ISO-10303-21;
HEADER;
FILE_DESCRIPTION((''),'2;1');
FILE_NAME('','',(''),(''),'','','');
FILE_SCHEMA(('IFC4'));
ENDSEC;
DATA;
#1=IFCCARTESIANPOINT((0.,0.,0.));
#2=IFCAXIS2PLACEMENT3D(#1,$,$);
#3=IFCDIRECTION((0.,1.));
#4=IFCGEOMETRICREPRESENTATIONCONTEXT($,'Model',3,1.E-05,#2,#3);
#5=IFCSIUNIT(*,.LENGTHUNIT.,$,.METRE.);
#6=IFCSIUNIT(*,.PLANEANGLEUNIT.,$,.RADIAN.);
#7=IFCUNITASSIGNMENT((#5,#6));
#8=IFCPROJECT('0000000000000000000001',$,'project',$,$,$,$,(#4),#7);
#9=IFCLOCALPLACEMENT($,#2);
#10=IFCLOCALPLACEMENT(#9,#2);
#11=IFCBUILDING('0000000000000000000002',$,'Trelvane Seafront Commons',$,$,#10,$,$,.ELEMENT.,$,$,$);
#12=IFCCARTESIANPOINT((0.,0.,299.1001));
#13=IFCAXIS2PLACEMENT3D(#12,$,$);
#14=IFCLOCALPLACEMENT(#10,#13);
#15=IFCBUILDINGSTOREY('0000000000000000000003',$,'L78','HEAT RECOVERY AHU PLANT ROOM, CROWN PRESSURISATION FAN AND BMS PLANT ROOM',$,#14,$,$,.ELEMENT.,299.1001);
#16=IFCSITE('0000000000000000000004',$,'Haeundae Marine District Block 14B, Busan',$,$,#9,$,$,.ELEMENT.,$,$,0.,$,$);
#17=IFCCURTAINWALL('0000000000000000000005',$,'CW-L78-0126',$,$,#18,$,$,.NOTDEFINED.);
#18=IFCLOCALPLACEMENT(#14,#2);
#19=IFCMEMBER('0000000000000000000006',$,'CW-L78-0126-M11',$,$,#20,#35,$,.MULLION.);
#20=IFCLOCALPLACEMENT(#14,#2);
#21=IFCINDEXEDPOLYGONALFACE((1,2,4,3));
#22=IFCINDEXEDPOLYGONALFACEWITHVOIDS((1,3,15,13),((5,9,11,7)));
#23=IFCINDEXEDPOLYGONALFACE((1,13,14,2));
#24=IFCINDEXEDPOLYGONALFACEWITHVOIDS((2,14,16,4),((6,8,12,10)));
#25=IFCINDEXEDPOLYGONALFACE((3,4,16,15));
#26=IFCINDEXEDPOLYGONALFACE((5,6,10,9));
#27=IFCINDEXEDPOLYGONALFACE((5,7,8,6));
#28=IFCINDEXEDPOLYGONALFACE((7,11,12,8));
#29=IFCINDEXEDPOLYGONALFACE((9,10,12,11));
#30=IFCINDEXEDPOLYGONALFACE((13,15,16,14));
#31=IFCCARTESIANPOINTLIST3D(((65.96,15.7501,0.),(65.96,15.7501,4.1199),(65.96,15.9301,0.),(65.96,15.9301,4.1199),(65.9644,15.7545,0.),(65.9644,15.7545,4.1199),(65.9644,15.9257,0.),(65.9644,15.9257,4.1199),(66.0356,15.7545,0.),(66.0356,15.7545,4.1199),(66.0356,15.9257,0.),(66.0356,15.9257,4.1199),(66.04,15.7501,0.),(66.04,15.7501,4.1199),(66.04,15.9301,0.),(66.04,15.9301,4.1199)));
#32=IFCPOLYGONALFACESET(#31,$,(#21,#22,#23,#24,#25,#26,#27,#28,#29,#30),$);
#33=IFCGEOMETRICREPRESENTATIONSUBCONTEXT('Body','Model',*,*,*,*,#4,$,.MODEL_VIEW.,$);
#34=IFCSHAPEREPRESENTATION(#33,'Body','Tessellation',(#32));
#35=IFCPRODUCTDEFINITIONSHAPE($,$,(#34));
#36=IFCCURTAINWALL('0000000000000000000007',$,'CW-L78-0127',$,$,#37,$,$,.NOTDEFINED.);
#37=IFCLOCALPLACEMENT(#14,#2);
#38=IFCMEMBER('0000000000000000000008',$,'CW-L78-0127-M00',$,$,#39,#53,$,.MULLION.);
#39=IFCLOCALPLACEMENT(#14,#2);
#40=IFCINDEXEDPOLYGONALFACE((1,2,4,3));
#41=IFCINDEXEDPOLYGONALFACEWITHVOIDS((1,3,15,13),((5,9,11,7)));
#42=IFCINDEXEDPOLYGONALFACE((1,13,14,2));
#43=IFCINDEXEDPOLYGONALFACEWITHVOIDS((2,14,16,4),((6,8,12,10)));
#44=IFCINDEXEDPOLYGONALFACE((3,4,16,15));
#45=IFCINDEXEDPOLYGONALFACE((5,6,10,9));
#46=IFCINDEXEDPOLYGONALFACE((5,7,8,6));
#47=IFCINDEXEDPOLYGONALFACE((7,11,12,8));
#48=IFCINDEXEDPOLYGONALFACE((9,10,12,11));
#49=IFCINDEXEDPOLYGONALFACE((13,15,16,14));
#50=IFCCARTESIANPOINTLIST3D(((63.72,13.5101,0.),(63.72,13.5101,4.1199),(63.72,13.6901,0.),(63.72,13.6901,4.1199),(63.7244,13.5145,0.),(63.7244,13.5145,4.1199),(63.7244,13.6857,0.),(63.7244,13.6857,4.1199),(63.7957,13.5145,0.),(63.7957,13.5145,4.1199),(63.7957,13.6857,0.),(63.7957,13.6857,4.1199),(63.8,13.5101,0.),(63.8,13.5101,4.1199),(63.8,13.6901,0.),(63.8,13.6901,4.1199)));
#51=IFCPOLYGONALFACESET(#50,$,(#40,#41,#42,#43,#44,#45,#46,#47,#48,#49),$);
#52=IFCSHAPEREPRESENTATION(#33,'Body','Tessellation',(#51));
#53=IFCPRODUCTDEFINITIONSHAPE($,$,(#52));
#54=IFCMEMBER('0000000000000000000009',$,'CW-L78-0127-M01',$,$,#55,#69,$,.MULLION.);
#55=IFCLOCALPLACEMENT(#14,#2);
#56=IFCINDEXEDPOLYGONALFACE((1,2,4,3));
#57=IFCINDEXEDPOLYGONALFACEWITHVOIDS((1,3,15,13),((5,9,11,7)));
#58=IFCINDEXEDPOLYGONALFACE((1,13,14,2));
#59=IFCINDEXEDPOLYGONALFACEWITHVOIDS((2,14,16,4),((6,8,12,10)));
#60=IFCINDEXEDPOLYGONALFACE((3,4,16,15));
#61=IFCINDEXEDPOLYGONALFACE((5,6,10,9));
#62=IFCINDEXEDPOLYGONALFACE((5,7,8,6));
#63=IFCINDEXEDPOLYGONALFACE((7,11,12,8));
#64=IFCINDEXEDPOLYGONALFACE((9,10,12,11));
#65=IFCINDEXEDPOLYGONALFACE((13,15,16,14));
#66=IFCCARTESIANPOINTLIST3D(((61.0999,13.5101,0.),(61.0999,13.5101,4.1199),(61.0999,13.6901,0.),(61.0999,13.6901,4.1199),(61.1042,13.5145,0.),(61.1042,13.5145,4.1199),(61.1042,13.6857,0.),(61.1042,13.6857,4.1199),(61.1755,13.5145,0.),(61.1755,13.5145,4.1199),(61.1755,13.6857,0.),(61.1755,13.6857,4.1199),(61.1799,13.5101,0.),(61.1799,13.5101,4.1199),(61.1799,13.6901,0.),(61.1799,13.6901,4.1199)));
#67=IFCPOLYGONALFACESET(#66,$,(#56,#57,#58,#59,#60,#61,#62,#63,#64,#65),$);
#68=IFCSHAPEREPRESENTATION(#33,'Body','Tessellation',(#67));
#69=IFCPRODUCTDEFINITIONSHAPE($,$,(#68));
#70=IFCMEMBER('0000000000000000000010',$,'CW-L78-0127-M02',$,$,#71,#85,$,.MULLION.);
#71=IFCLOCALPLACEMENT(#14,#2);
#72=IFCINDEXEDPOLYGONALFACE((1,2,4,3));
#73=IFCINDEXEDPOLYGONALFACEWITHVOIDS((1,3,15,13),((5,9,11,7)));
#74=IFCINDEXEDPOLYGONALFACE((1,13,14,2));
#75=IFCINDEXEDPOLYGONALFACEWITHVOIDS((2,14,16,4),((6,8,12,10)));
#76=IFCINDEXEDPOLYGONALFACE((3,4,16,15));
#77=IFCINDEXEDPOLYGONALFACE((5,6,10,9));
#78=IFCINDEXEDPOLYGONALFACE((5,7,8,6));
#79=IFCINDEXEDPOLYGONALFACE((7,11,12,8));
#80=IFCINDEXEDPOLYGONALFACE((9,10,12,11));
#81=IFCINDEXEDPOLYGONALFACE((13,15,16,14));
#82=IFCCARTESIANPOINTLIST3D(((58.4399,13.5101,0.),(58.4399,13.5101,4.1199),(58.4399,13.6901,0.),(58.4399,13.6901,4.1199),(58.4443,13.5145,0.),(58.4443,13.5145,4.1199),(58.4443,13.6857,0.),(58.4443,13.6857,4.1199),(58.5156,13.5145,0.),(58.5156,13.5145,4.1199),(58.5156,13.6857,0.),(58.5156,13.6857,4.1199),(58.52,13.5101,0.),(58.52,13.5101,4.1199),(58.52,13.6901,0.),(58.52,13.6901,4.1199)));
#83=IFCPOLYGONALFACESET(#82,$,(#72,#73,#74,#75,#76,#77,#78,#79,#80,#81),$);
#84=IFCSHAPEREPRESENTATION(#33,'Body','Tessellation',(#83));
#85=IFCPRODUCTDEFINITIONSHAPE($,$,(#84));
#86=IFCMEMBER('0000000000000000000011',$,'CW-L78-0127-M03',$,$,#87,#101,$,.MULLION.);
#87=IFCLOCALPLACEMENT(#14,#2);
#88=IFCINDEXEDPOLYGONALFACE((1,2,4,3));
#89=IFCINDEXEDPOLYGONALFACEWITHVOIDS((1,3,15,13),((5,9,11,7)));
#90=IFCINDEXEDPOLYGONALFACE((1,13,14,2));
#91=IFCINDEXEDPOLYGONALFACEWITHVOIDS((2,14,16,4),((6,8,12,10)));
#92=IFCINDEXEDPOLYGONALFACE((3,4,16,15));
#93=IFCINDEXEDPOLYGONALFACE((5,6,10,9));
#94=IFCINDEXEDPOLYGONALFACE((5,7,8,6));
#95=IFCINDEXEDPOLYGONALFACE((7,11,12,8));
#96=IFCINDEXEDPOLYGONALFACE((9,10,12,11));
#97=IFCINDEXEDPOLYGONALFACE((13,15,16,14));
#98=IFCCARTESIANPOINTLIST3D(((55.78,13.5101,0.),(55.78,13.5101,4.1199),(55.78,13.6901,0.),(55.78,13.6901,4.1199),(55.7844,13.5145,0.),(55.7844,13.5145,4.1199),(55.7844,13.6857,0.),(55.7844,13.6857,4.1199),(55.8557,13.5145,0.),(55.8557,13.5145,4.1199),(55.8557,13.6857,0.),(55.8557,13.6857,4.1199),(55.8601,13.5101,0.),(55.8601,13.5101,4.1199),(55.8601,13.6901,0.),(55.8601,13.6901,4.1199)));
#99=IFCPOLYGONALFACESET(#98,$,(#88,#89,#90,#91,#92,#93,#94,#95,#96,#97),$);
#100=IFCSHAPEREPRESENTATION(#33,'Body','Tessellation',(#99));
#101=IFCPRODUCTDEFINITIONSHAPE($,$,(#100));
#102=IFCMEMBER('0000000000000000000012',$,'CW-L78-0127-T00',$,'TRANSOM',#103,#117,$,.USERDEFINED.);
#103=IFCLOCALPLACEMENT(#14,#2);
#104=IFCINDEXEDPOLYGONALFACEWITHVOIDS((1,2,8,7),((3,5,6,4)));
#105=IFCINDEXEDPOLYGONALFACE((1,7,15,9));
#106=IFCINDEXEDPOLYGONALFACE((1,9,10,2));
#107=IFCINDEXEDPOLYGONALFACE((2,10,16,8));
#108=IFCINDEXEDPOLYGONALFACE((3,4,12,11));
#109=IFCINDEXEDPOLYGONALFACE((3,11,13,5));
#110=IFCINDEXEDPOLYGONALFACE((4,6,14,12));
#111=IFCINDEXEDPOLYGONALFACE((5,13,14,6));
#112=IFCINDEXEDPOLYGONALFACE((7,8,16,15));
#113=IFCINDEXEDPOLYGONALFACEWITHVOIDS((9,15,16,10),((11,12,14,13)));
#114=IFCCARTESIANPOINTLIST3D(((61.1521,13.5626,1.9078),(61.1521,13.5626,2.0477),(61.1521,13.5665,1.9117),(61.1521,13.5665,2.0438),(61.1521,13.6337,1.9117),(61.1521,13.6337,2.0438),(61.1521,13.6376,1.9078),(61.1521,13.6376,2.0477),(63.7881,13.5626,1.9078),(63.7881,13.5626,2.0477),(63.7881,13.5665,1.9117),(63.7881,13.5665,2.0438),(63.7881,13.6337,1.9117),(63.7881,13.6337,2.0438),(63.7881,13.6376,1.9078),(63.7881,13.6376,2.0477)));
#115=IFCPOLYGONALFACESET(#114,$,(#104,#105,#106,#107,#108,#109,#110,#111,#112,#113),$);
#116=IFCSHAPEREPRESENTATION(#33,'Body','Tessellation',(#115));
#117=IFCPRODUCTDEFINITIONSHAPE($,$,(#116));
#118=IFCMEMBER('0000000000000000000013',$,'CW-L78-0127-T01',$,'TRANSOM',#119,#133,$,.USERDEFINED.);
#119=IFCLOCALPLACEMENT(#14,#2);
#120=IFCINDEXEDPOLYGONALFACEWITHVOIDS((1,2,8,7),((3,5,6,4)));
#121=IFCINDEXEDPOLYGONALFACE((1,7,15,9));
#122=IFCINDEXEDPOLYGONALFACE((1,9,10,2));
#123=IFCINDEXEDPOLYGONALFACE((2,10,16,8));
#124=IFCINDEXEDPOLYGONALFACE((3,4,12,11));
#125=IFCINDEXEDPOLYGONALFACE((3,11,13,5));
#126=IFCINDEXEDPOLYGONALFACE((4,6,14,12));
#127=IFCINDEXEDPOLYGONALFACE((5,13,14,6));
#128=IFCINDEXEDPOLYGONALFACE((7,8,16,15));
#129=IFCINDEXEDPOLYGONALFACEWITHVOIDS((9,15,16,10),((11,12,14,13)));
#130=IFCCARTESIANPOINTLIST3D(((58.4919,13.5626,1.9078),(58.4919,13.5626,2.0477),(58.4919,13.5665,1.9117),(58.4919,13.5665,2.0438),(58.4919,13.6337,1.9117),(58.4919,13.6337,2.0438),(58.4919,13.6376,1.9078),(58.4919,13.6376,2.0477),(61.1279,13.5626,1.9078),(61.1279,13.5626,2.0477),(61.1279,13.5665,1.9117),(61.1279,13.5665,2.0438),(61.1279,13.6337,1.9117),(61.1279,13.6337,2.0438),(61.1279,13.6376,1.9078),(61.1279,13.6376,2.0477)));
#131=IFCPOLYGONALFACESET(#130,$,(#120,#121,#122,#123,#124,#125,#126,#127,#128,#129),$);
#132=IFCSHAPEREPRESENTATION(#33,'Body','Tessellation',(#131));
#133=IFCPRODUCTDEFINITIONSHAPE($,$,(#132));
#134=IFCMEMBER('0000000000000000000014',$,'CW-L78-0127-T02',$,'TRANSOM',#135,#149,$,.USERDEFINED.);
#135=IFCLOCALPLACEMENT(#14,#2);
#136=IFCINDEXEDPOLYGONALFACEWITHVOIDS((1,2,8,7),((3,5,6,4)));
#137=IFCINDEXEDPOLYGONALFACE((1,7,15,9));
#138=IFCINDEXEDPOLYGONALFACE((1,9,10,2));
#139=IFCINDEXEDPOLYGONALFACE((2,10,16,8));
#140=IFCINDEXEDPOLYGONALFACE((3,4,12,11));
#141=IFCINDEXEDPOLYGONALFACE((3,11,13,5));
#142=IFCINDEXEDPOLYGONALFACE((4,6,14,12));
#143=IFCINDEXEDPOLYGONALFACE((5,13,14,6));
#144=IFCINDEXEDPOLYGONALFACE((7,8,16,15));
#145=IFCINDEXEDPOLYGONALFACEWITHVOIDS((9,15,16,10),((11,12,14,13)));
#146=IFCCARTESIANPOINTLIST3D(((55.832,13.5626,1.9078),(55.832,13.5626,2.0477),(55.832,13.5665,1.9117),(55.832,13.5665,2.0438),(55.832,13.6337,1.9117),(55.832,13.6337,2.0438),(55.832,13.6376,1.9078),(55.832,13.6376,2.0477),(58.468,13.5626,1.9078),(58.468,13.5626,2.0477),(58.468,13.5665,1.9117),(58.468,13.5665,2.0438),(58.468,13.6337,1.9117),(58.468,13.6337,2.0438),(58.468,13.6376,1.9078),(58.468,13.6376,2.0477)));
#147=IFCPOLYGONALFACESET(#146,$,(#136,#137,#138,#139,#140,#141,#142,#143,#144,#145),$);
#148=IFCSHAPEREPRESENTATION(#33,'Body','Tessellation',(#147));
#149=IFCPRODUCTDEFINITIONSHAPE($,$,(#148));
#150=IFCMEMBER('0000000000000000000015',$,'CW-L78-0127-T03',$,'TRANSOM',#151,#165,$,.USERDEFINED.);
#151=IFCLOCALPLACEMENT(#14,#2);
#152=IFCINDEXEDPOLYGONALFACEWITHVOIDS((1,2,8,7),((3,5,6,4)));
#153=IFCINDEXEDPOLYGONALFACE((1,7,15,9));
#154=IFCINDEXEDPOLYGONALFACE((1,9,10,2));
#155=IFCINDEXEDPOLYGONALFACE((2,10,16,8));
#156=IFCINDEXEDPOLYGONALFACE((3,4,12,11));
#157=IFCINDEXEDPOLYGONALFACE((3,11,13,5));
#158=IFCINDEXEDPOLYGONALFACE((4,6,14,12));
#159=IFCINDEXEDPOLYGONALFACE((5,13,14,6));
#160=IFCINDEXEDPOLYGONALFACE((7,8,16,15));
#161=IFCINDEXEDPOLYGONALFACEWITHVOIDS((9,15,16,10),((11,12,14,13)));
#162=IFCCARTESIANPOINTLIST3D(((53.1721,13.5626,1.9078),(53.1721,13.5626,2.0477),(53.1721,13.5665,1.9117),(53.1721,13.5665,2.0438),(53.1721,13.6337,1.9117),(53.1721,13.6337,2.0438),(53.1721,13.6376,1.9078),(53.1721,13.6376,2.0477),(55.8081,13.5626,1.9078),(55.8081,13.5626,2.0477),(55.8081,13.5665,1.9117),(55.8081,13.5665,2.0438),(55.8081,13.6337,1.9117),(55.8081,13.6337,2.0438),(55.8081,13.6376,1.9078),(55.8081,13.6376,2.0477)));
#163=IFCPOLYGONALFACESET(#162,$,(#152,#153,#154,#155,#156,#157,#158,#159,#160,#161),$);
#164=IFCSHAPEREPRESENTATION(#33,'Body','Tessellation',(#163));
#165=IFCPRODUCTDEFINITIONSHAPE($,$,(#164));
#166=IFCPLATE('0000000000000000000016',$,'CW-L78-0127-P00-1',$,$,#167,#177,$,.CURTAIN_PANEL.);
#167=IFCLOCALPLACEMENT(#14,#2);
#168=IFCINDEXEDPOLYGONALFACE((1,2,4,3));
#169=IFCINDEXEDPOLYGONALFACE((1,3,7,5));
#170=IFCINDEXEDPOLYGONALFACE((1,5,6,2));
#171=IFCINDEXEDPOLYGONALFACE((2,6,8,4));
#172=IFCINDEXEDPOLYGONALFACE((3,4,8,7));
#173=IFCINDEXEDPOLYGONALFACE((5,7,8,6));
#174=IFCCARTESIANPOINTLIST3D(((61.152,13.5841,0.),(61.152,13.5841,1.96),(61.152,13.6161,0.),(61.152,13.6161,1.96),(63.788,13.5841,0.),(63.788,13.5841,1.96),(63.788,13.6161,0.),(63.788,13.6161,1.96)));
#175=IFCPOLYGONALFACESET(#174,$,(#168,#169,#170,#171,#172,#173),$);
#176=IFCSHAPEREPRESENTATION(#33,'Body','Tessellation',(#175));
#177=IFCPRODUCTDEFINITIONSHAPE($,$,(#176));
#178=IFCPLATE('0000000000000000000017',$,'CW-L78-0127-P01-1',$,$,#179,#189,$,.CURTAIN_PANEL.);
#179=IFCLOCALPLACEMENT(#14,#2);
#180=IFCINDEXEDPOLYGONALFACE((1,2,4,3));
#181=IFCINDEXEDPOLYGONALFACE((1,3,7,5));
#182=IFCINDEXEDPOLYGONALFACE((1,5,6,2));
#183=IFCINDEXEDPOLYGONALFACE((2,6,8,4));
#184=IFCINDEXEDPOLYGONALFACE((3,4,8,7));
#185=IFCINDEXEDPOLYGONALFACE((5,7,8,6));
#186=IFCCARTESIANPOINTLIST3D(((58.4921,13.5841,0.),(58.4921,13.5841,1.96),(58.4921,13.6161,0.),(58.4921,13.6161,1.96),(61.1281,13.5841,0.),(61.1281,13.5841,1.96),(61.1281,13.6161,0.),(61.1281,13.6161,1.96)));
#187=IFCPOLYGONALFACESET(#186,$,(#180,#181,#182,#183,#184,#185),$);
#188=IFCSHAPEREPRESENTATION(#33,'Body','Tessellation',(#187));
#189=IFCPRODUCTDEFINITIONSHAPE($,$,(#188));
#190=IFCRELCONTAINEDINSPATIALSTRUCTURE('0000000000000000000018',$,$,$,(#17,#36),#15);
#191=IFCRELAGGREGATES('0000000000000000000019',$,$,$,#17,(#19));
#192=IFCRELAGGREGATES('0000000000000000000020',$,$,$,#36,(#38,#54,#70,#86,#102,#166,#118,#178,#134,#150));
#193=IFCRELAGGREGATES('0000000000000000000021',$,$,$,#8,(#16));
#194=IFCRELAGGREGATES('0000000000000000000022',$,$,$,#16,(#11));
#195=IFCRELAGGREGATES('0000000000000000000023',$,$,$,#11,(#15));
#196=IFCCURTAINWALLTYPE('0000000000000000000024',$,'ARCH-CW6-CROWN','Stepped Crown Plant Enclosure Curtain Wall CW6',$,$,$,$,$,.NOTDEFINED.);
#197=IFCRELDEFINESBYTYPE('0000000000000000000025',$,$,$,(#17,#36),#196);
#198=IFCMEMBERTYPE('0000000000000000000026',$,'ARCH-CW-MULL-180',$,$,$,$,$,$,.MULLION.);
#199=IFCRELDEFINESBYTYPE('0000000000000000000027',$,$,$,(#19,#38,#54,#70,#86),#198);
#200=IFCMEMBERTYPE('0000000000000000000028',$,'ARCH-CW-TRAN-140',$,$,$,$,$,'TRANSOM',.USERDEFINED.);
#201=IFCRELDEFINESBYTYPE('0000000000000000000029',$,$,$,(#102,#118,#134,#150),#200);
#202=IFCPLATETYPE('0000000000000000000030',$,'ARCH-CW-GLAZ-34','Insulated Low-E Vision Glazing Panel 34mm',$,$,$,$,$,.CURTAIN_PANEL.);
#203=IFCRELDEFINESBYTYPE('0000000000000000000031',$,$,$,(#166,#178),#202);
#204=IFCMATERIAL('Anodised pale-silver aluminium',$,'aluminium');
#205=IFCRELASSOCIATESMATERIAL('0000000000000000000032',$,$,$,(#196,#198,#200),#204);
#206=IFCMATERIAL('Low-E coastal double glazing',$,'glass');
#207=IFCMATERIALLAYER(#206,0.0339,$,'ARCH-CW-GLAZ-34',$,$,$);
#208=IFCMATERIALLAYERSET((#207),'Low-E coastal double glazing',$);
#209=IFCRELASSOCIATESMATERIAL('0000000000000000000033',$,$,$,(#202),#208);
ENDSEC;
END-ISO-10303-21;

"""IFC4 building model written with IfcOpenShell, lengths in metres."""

from ifc_helpers import new_model, si_unit, direction, frame, origin, origin_2d, place, context, subcontext, project, spatial, rectangle, hollow_rectangle, extrude, source, transform, mapped, material, layer, layer_set, material_profile, profile_set, type_object, element, aggregate, save


model = new_model("IFC4")

# Units and contexts
model_context = context("Model", 3, precision=1e-05, world=origin(), true_north=direction((0.0, 1.0)))
body_context = subcontext(model_context, "Body", "Model", "MODEL_VIEW")
ifc_project = project(units=[si_unit("LENGTHUNIT", "METRE"), si_unit("PLANEANGLEUNIT", "RADIAN")], contexts=[model_context])

# Site, building, storey
site_placement = place(None, origin())
site = spatial("IfcSite", under=ifc_project, at=site_placement, Name="Haeundae Marine District Block 14B, Busan", CompositionType="ELEMENT", RefElevation=0.0)
building_placement = place(site_placement, origin())
building = spatial("IfcBuilding", under=site, at=building_placement, Name="Trelvane Seafront Commons", CompositionType="ELEMENT")
storey_placement = place(building_placement, frame((0.0, 0.0, 299.1001)))
storey = spatial("IfcBuildingStorey", under=building, at=storey_placement, Name="L78", Description="HEAT RECOVERY AHU PLANT ROOM, CROWN PRESSURISATION FAN AND BMS PLANT ROOM", CompositionType="ELEMENT", Elevation=299.1001)

# Curtain wall, member
ifc_material_1 = material(Name="Anodised pale-silver aluminium", Category="aluminium")
curtain_wall_type = type_object("IfcCurtainWallType", Name="ARCH-CW6-CROWN", Description="Stepped Crown Plant Enclosure Curtain Wall CW6", PredefinedType="NOTDEFINED", material=ifc_material_1)
curtain_wall_1_placement = place(storey_placement, origin())
curtain_wall_1 = element("IfcCurtainWall", 1, at=curtain_wall_1_placement, inside=storey, type_object=curtain_wall_type, Name="CW-L78-0126", PredefinedType="NOTDEFINED")
ifc_material_profile_1 = material_profile(ifc_material_1, hollow_rectangle(XDim=0.0801, YDim=0.1799, WallThickness=0.0044, at=origin_2d()), Name="MULL-80x180x4.5")
ifc_profile_set_1 = profile_set([ifc_material_profile_1], Name="Anodised pale-silver aluminium")
member_type_1 = type_object("IfcMemberType", Name="ARCH-CW-MULL-180", PredefinedType="MULLION", material=ifc_profile_set_1)
shared_shape_1 = source(origin(), body_context, "Body", "SweptSolid", [
    extrude(hollow_rectangle(XDim=0.0801, YDim=0.1799, WallThickness=0.0044, at=origin_2d()), origin(), (0.0, 0.0, 1.0), 4.1199),
])
member_1_placement = place(storey_placement, frame((66.0, 15.8401, 0.0), z_axis=(0.0, 0.0, 1.0), x_axis=(1.0, 0.0, 0.0)))
member_1 = element("IfcMember", 2, at=member_1_placement, type_object=member_type_1, Name="CW-L78-0126-M11", PredefinedType="MULLION", context=body_context, shape_type="MappedRepresentation", body=[
    mapped(shared_shape_1, transform((0.0, 0.0, 0.0), x_axis=(1.0, 0.0, 0.0), y_axis=(0.0, 1.0, 0.0), z_axis=(0.0, 0.0, 1.0), scale=1.0)),
])
aggregate(curtain_wall_1, [member_1])

# Curtain wall, members, plates
curtain_wall_2_placement = place(storey_placement, origin())
curtain_wall_2 = element("IfcCurtainWall", 3, at=curtain_wall_2_placement, inside=storey, type_object=curtain_wall_type, Name="CW-L78-0127", PredefinedType="NOTDEFINED")
member_2_placement = place(storey_placement, frame((63.76, 13.6001, 0.0), z_axis=(0.0, 0.0, 1.0), x_axis=(1.0, 0.0, 0.0)))
member_2 = element("IfcMember", 4, at=member_2_placement, type_object=member_type_1, Name="CW-L78-0127-M00", PredefinedType="MULLION", context=body_context, shape_type="MappedRepresentation", body=[
    mapped(shared_shape_1, transform((0.0, 0.0, 0.0), x_axis=(1.0, 0.0, 0.0), y_axis=(0.0, 1.0, 0.0), z_axis=(0.0, 0.0, 1.0), scale=1.0)),
])
member_3_placement = place(storey_placement, frame((61.1399, 13.6001, 0.0), z_axis=(0.0, 0.0, 1.0), x_axis=(1.0, 0.0, 0.0)))
member_3 = element("IfcMember", 5, at=member_3_placement, type_object=member_type_1, Name="CW-L78-0127-M01", PredefinedType="MULLION", context=body_context, shape_type="MappedRepresentation", body=[
    mapped(shared_shape_1, transform((0.0, 0.0, 0.0), x_axis=(1.0, 0.0, 0.0), y_axis=(0.0, 1.0, 0.0), z_axis=(0.0, 0.0, 1.0), scale=1.0)),
])
member_4_placement = place(storey_placement, frame((58.48, 13.6001, 0.0), z_axis=(0.0, 0.0, 1.0), x_axis=(1.0, 0.0, 0.0)))
member_4 = element("IfcMember", 6, at=member_4_placement, type_object=member_type_1, Name="CW-L78-0127-M02", PredefinedType="MULLION", context=body_context, shape_type="MappedRepresentation", body=[
    mapped(shared_shape_1, transform((0.0, 0.0, 0.0), x_axis=(1.0, 0.0, 0.0), y_axis=(0.0, 1.0, 0.0), z_axis=(0.0, 0.0, 1.0), scale=1.0)),
])
member_5_placement = place(storey_placement, frame((55.8201, 13.6001, 0.0), z_axis=(0.0, 0.0, 1.0), x_axis=(1.0, 0.0, 0.0)))
member_5 = element("IfcMember", 7, at=member_5_placement, type_object=member_type_1, Name="CW-L78-0127-M03", PredefinedType="MULLION", context=body_context, shape_type="MappedRepresentation", body=[
    mapped(shared_shape_1, transform((0.0, 0.0, 0.0), x_axis=(1.0, 0.0, 0.0), y_axis=(0.0, 1.0, 0.0), z_axis=(0.0, 0.0, 1.0), scale=1.0)),
])
ifc_material_profile_2 = material_profile(ifc_material_1, hollow_rectangle(XDim=0.075, YDim=0.1399, WallThickness=0.0039, at=origin_2d()), Name="TRAN-75x140x4")
ifc_profile_set_2 = profile_set([ifc_material_profile_2], Name="Anodised pale-silver aluminium")
member_type_2 = type_object("IfcMemberType", Name="ARCH-CW-TRAN-140", ElementType="TRANSOM", PredefinedType="USERDEFINED", material=ifc_profile_set_2)
shared_shape_2 = source(origin(), body_context, "Body", "SweptSolid", [
    extrude(hollow_rectangle(XDim=0.075, YDim=0.1399, WallThickness=0.0039, at=origin_2d()), origin(), (0.0, 0.0, 1.0), 2.636),
])
member_6_placement = place(storey_placement, frame((63.7881, 13.6001, 1.9778), z_axis=(-1.0, 0.0, 0.0), x_axis=(0.0, -1.0, 0.0)))
member_6 = element("IfcMember", 8, at=member_6_placement, type_object=member_type_2, Name="CW-L78-0127-T00", ObjectType="TRANSOM", PredefinedType="USERDEFINED", context=body_context, shape_type="MappedRepresentation", body=[
    mapped(shared_shape_2, transform((0.0, 0.0, 0.0), x_axis=(1.0, 0.0, 0.0), y_axis=(0.0, 1.0, 0.0), z_axis=(0.0, 0.0, 1.0), scale=1.0)),
])
member_7_placement = place(storey_placement, frame((61.1279, 13.6001, 1.9778), z_axis=(-1.0, 0.0, 0.0), x_axis=(0.0, -1.0, 0.0)))
member_7 = element("IfcMember", 9, at=member_7_placement, type_object=member_type_2, Name="CW-L78-0127-T01", ObjectType="TRANSOM", PredefinedType="USERDEFINED", context=body_context, shape_type="MappedRepresentation", body=[
    mapped(shared_shape_2, transform((0.0, 0.0, 0.0), x_axis=(1.0, 0.0, 0.0), y_axis=(0.0, 1.0, 0.0), z_axis=(0.0, 0.0, 1.0), scale=1.0)),
])
member_8_placement = place(storey_placement, frame((58.468, 13.6001, 1.9778), z_axis=(-1.0, 0.0, 0.0), x_axis=(0.0, -1.0, 0.0)))
member_8 = element("IfcMember", 10, at=member_8_placement, type_object=member_type_2, Name="CW-L78-0127-T02", ObjectType="TRANSOM", PredefinedType="USERDEFINED", context=body_context, shape_type="MappedRepresentation", body=[
    mapped(shared_shape_2, transform((0.0, 0.0, 0.0), x_axis=(1.0, 0.0, 0.0), y_axis=(0.0, 1.0, 0.0), z_axis=(0.0, 0.0, 1.0), scale=1.0)),
])
member_9_placement = place(storey_placement, frame((55.8081, 13.6001, 1.9778), z_axis=(-1.0, 0.0, 0.0), x_axis=(0.0, -1.0, 0.0)))
member_9 = element("IfcMember", 11, at=member_9_placement, type_object=member_type_2, Name="CW-L78-0127-T03", ObjectType="TRANSOM", PredefinedType="USERDEFINED", context=body_context, shape_type="MappedRepresentation", body=[
    mapped(shared_shape_2, transform((0.0, 0.0, 0.0), x_axis=(1.0, 0.0, 0.0), y_axis=(0.0, 1.0, 0.0), z_axis=(0.0, 0.0, 1.0), scale=1.0)),
])
ifc_material_2 = material(Name="Low-E coastal double glazing", Category="glass")
ifc_layer_1 = layer(ifc_material_2, 0.0339, Name="ARCH-CW-GLAZ-34")
ifc_layer_set_1 = layer_set([ifc_layer_1], Name="Low-E coastal double glazing")
plate_type = type_object("IfcPlateType", Name="ARCH-CW-GLAZ-34", Description="Insulated Low-E Vision Glazing Panel 34mm", PredefinedType="CURTAIN_PANEL", material=ifc_layer_set_1)
shared_shape_3 = source(origin(), body_context, "Body", "SweptSolid", [
    extrude(rectangle(XDim=2.636, YDim=0.032, at=origin_2d()), origin(), (0.0, 0.0, 1.0), 1.96),
])
plate_1_placement = place(storey_placement, frame((62.47, 13.6001, 0.0), z_axis=(0.0, 0.0, 1.0), x_axis=(-1.0, 0.0, 0.0)))
plate_1 = element("IfcPlate", 12, at=plate_1_placement, type_object=plate_type, Name="CW-L78-0127-P00-1", PredefinedType="CURTAIN_PANEL", context=body_context, shape_type="MappedRepresentation", body=[
    mapped(shared_shape_3, transform((0.0, 0.0, 0.0), x_axis=(1.0, 0.0, 0.0), y_axis=(0.0, 1.0, 0.0), z_axis=(0.0, 0.0, 1.0), scale=1.0)),
])
plate_2_placement = place(storey_placement, frame((59.8101, 13.6001, 0.0), z_axis=(0.0, 0.0, 1.0), x_axis=(-1.0, 0.0, 0.0)))
plate_2 = element("IfcPlate", 13, at=plate_2_placement, type_object=plate_type, Name="CW-L78-0127-P01-1", PredefinedType="CURTAIN_PANEL", context=body_context, shape_type="MappedRepresentation", body=[
    mapped(shared_shape_3, transform((0.0, 0.0, 0.0), x_axis=(1.0, 0.0, 0.0), y_axis=(0.0, 1.0, 0.0), z_axis=(0.0, 0.0, 1.0), scale=1.0)),
])
aggregate(curtain_wall_2, [member_2, member_3, member_4, member_5, member_6, plate_1, member_7, plate_2, member_8, member_9])

save(model, "model.ifc")
